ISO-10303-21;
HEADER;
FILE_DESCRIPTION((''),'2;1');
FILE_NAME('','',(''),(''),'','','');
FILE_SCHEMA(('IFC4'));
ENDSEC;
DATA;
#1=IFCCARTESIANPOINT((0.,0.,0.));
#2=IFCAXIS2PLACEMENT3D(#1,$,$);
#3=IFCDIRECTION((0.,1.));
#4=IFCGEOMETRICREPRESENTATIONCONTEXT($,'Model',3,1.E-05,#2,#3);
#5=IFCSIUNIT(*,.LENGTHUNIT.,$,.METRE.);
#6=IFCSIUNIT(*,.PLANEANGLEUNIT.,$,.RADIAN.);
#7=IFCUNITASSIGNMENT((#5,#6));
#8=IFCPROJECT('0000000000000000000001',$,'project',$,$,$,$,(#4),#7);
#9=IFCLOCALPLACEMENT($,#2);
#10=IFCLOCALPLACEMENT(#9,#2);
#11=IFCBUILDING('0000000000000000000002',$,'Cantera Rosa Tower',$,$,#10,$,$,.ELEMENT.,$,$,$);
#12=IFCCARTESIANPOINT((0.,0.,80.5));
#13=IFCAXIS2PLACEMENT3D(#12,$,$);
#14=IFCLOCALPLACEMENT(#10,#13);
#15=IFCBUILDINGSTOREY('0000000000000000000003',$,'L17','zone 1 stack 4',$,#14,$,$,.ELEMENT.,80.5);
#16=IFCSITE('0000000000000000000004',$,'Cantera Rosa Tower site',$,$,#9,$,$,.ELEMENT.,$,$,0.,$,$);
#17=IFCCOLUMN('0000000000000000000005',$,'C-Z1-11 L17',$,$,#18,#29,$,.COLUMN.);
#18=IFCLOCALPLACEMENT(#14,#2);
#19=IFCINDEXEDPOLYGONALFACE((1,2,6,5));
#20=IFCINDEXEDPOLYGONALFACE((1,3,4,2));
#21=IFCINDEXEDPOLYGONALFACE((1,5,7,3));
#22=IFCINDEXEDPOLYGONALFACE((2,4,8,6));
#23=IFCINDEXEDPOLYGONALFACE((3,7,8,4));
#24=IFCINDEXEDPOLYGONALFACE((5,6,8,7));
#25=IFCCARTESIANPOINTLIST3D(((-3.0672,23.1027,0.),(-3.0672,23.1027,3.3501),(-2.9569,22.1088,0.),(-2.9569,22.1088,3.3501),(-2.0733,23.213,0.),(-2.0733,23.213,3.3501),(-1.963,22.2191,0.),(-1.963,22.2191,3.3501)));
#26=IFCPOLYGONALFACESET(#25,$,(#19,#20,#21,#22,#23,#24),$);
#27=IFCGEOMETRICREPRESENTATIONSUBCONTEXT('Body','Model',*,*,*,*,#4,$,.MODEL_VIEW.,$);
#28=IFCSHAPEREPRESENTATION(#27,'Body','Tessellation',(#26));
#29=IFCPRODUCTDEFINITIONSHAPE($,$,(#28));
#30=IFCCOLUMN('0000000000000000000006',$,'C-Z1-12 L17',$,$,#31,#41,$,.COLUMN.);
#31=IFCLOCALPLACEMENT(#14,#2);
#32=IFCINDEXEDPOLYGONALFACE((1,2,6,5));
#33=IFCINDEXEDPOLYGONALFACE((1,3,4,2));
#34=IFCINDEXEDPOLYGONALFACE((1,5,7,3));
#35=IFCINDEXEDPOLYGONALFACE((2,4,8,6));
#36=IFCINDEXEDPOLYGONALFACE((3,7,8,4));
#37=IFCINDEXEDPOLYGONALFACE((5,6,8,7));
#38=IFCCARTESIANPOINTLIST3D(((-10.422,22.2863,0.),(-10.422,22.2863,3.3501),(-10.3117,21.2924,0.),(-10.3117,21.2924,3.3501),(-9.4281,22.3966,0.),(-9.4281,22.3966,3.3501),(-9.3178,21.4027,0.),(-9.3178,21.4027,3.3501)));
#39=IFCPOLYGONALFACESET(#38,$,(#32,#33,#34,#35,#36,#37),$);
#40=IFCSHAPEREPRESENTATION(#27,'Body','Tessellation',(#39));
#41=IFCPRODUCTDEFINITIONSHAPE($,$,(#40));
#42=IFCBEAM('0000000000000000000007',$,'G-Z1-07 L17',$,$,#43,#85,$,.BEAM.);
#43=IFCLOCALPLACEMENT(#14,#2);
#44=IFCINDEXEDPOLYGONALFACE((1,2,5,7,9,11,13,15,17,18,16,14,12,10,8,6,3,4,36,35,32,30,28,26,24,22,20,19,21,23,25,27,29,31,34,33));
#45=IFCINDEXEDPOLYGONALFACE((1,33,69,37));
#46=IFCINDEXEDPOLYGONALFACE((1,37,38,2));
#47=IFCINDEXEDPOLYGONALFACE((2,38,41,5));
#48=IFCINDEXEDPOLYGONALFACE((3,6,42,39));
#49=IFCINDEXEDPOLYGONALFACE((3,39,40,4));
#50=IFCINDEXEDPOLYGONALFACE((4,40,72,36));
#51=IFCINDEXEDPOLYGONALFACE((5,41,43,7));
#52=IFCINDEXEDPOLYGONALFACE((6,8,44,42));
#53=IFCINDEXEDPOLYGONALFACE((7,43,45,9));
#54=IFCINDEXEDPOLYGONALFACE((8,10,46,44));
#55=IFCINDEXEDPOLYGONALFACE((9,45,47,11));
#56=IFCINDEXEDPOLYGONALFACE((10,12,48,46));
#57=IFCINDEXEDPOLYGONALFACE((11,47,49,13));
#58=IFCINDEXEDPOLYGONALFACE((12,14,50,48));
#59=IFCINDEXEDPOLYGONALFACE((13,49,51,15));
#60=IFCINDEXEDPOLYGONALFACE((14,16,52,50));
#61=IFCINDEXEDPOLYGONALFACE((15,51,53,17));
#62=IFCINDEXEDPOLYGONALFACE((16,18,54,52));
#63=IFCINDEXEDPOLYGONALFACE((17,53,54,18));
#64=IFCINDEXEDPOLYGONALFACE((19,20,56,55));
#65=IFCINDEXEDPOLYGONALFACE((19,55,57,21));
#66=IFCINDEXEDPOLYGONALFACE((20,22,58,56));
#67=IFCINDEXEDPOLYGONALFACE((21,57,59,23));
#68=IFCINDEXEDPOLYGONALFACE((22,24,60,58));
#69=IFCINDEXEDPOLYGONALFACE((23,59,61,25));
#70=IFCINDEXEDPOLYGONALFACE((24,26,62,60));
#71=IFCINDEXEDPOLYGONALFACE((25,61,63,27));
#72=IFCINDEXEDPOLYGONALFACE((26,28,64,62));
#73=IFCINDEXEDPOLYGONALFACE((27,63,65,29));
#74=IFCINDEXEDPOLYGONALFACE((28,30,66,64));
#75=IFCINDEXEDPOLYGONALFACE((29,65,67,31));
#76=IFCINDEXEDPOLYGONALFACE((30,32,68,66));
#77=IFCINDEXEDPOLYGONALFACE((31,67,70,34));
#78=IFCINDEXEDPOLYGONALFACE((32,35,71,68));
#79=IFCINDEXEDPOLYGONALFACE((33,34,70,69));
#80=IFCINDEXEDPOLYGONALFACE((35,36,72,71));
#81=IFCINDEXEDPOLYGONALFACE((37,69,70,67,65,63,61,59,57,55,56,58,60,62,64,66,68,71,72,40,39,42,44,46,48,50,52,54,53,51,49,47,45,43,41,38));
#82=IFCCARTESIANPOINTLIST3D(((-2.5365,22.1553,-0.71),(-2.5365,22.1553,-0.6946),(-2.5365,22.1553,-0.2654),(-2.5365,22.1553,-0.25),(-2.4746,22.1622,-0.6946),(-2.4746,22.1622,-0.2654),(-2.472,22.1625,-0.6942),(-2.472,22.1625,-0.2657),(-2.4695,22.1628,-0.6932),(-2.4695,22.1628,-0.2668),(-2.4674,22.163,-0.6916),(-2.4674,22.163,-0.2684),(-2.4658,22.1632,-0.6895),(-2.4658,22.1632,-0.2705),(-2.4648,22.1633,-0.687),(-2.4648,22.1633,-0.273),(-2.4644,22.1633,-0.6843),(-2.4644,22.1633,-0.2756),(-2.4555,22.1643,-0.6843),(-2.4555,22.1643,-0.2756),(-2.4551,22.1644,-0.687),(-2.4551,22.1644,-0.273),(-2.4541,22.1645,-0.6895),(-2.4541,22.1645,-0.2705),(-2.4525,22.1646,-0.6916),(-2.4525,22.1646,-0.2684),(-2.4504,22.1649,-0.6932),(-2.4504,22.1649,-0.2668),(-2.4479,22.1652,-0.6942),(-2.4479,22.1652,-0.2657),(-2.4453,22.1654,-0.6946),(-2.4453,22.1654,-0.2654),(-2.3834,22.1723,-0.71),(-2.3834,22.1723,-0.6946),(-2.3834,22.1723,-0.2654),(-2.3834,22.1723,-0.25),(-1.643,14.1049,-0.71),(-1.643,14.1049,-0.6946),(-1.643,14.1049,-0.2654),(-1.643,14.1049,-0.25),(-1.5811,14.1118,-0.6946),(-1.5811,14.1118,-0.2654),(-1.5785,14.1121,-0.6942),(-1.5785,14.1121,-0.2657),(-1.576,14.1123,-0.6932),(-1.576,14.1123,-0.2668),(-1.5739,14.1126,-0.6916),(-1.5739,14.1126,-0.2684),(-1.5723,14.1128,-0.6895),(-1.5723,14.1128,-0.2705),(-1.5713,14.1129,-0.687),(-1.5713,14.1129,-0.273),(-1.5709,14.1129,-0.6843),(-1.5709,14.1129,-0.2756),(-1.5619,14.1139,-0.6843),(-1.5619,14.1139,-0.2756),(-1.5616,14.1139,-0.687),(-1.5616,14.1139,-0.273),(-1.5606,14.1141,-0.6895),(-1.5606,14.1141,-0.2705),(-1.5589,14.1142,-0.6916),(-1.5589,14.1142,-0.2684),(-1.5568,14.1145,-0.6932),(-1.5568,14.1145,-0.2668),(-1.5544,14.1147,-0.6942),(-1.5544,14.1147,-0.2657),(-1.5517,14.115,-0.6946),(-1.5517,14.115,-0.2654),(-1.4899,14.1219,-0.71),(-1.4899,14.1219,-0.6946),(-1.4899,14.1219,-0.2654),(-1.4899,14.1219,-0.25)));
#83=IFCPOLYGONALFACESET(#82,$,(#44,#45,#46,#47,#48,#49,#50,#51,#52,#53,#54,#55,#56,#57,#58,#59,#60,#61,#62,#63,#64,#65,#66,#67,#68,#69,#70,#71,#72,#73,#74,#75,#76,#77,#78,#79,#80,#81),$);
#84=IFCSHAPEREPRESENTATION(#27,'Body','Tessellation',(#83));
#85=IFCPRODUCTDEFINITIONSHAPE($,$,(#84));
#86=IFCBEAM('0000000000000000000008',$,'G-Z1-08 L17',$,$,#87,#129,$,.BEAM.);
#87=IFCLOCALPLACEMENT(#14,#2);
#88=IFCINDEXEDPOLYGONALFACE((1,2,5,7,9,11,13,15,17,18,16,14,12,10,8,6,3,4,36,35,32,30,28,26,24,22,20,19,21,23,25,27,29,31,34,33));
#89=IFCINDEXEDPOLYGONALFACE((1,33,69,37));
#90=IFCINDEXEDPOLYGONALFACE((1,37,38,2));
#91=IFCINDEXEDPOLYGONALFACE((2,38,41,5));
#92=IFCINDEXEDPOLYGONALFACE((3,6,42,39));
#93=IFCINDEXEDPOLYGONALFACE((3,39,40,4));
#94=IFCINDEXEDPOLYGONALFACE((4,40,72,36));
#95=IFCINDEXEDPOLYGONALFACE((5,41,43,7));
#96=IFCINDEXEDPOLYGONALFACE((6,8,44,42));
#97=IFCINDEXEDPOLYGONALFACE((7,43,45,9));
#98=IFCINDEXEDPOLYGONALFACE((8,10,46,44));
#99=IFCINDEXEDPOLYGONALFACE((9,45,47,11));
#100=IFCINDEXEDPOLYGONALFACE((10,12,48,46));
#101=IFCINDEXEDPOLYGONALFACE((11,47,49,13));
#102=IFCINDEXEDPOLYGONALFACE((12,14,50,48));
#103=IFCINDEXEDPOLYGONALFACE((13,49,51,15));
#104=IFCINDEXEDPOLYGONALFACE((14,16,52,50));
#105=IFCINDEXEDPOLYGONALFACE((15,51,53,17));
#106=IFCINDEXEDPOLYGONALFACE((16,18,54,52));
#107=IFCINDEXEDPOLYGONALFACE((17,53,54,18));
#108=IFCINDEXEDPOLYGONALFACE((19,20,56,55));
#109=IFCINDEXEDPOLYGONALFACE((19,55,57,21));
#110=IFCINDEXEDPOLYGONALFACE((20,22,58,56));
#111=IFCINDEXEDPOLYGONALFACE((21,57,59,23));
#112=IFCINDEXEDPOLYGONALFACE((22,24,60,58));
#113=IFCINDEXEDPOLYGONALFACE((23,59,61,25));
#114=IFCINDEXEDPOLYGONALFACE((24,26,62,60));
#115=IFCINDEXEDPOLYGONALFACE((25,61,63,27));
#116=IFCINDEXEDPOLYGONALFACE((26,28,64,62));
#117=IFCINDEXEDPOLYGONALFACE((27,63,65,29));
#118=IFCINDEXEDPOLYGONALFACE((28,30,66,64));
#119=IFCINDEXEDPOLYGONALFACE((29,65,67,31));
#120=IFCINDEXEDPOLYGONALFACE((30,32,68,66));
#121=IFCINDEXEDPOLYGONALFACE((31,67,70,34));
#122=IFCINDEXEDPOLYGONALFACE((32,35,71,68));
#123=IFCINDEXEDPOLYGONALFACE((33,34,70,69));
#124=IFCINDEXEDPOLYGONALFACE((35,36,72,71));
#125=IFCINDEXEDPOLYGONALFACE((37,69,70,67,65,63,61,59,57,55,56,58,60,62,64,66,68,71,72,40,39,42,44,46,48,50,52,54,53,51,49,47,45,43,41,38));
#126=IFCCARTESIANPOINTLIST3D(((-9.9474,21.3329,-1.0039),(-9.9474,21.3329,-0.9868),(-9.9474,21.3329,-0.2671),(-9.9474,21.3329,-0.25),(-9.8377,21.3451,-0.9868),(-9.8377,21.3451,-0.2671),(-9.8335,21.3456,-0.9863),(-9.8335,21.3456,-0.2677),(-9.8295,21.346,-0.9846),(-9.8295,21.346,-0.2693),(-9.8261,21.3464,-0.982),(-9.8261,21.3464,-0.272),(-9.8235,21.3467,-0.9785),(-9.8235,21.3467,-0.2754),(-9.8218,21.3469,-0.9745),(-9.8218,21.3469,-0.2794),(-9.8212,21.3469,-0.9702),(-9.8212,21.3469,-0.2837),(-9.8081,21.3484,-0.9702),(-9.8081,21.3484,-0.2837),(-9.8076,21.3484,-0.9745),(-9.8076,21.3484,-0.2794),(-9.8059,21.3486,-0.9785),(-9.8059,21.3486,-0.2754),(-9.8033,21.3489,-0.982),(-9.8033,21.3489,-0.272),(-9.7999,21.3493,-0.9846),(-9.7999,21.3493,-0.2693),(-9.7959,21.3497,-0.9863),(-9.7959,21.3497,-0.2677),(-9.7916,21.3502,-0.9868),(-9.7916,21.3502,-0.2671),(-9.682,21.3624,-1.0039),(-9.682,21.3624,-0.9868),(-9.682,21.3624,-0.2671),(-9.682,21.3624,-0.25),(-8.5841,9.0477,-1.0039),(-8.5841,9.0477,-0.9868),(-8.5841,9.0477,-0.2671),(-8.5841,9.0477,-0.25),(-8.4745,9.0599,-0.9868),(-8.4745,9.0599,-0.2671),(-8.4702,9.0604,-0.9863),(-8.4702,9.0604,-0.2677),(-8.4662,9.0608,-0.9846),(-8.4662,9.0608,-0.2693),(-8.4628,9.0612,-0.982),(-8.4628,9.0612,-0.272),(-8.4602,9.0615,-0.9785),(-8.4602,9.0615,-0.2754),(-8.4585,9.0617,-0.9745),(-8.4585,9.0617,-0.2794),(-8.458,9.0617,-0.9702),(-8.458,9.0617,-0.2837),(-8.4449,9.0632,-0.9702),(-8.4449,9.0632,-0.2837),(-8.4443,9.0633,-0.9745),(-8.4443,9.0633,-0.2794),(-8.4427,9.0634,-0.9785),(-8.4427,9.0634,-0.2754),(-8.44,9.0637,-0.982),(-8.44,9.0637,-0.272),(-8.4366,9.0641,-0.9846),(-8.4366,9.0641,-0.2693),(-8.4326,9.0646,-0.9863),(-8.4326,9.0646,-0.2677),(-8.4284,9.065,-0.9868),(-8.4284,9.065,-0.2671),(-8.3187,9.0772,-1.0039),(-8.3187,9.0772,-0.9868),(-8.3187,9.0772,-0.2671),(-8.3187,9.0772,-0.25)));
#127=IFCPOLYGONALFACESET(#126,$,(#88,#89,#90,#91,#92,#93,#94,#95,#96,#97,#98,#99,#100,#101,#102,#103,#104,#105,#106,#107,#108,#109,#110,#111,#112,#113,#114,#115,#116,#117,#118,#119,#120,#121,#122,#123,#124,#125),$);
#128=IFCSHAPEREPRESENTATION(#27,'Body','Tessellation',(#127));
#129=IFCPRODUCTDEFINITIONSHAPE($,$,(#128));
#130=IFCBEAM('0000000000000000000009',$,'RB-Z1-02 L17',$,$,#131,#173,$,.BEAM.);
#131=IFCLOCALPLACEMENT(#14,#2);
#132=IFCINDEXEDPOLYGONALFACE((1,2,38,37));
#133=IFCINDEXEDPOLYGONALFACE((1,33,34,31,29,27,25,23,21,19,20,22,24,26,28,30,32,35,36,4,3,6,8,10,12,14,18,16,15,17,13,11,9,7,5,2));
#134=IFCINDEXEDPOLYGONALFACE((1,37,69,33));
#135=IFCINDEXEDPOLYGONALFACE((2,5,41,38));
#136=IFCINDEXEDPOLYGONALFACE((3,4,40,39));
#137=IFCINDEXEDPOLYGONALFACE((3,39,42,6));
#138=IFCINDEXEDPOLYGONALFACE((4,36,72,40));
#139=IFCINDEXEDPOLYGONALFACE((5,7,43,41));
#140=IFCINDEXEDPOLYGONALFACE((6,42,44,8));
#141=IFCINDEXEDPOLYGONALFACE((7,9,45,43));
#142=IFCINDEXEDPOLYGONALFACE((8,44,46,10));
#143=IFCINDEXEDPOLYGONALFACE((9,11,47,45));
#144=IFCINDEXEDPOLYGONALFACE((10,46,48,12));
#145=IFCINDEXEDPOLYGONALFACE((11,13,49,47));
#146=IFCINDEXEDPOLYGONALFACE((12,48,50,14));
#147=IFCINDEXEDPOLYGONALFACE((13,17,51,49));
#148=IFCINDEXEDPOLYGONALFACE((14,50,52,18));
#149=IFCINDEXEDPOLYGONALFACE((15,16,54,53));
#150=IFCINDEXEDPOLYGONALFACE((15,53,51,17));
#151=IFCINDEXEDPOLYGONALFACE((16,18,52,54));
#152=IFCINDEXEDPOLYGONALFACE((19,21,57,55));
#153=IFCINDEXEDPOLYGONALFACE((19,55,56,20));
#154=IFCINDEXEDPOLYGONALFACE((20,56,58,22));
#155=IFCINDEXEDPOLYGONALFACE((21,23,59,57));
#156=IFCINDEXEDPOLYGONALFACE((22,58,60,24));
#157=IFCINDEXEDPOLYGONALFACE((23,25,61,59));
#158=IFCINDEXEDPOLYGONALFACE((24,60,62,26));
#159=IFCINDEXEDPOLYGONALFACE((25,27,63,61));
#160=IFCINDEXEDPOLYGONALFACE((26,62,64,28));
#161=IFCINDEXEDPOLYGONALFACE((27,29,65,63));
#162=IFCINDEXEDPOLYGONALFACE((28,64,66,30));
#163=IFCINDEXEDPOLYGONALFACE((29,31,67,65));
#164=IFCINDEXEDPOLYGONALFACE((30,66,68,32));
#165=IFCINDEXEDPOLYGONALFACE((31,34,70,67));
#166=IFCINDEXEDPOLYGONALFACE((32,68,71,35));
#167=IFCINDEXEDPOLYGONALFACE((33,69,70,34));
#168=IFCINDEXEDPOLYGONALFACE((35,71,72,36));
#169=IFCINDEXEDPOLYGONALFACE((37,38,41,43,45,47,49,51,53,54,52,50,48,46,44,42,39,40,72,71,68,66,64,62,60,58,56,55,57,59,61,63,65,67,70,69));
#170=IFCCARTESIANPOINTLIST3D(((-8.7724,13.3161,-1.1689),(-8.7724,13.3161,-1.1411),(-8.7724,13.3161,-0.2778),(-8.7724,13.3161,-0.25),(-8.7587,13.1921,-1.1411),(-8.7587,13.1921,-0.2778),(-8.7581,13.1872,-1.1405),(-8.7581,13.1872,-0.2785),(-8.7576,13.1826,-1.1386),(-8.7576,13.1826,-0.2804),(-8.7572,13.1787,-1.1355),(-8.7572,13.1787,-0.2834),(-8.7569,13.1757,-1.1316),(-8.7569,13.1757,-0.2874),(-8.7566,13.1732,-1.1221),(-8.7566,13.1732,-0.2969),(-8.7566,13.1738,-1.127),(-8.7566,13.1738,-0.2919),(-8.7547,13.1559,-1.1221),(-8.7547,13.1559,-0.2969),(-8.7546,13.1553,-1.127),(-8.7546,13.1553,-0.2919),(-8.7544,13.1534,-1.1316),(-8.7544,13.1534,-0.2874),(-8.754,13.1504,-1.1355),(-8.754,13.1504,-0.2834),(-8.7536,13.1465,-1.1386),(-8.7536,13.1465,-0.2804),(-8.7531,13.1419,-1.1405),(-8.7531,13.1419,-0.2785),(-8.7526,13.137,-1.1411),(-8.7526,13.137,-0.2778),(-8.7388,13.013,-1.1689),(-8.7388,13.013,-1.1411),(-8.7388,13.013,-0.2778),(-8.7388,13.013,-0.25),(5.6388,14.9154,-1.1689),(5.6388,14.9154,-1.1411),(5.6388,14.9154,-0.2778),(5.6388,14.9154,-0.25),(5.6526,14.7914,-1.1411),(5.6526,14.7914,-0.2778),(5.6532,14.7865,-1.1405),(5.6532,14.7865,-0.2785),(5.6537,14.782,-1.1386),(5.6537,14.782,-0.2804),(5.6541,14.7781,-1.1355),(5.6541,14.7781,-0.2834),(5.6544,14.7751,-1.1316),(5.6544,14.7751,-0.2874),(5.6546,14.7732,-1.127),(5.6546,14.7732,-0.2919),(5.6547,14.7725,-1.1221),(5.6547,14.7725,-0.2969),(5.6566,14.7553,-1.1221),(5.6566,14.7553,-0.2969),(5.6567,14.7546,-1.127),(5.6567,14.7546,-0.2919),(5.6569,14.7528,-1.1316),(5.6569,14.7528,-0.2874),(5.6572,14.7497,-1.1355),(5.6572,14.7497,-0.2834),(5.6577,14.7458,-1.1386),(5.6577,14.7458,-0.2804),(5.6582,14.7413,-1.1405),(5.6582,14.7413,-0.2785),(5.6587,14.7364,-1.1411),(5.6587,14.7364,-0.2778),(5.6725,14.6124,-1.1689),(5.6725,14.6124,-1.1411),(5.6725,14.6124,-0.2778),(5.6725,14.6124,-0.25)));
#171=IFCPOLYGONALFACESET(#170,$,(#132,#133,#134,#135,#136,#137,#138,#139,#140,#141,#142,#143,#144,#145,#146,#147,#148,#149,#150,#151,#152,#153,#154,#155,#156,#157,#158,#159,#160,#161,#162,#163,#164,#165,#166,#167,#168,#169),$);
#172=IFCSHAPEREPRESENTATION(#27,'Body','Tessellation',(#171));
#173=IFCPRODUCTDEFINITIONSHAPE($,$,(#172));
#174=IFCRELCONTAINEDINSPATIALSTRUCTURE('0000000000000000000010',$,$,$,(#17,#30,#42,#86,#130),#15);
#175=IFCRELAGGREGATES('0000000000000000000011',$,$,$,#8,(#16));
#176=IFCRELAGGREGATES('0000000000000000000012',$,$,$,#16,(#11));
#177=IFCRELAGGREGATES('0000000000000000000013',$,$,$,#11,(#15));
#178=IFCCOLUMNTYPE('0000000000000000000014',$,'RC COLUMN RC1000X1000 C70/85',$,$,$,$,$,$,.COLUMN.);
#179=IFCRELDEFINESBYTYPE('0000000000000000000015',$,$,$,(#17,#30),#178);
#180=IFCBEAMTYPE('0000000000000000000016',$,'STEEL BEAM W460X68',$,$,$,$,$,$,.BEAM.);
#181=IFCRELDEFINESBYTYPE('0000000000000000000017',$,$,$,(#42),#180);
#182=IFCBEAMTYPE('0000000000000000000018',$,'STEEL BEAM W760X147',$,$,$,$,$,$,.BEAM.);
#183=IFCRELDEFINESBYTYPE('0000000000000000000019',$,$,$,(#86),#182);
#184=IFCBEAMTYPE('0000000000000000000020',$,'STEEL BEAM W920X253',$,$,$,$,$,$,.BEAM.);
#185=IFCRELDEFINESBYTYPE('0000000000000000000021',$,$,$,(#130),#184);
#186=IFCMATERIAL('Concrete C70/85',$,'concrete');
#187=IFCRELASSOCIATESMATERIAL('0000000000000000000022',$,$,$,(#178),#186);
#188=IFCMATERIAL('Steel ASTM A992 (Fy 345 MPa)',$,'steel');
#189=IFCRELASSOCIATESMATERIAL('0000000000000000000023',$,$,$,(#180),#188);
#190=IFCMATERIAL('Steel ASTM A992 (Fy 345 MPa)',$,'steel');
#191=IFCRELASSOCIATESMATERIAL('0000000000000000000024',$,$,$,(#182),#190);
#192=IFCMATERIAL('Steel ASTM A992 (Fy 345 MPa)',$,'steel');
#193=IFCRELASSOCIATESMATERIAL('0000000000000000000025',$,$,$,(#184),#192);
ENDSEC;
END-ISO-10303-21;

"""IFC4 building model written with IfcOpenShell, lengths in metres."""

from ifc_helpers import new_model, si_unit, direction, frame, origin, origin_2d, place, context, subcontext, project, spatial, rectangle, i_section, extrude, material, material_profile, profile_set, type_object, element, save


model = new_model("IFC4")

# Units and contexts
model_context = context("Model", 3, precision=1e-05, world=origin(), true_north=direction((0.0, 1.0)))
body_context = subcontext(model_context, "Body", "Model", "MODEL_VIEW")
ifc_project = project(units=[si_unit("LENGTHUNIT", "METRE"), si_unit("PLANEANGLEUNIT", "RADIAN")], contexts=[model_context])

# Site, building, storey
site_placement = place(None, origin())
site = spatial("IfcSite", under=ifc_project, at=site_placement, Name="Cantera Rosa Tower site", CompositionType="ELEMENT", RefElevation=0.0)
building_placement = place(site_placement, origin())
building = spatial("IfcBuilding", under=site, at=building_placement, Name="Cantera Rosa Tower", CompositionType="ELEMENT")
storey_placement = place(building_placement, frame((0.0, 0.0, 80.5)))
storey = spatial("IfcBuildingStorey", under=building, at=storey_placement, Name="L17", Description="zone 1 stack 4", CompositionType="ELEMENT", Elevation=80.5)

# Columns
ifc_material_1 = material(Name="Concrete C70/85", Category="concrete")
ifc_material_profile_1 = material_profile(ifc_material_1, rectangle(XDim=1.0, YDim=1.0, at=origin_2d()), Name="RC COLUMN RC1000X1000 C70/85")
ifc_profile_set_1 = profile_set([ifc_material_profile_1], Name="Concrete C70/85")
column_type = type_object("IfcColumnType", Name="RC COLUMN RC1000X1000 C70/85", PredefinedType="COLUMN", material=ifc_profile_set_1)
for number, where, z_axis, x_axis, name in (
    (1, (-2.5151, 22.6609, 0.0), (0.0, 0.0, 1.0), (0.993897, 0.110313, 0.0), "C-Z1-11 L17"),
    (2, (-9.8699, 21.8445, 0.0), (0.0, 0.0, 1.0), (0.993897, 0.110313, 0.0), "C-Z1-12 L17"),
):
    element("IfcColumn", number, at=place(storey_placement, frame(where, z_axis=z_axis, x_axis=x_axis)), inside=storey, type_object=column_type, Name=name, PredefinedType="COLUMN", context=body_context, shape_type="SweptSolid", body=[
        extrude(rectangle(XDim=1.0, YDim=1.0, at=origin_2d()), origin(), (0.0, 0.0, 1.0), 3.3501),
    ])

# Beams
ifc_material_2 = material(Name="Steel ASTM A992 (Fy 345 MPa)", Category="steel")
ifc_material_profile_2 = material_profile(ifc_material_2, i_section(OverallWidth=0.1541, OverallDepth=0.46, WebThickness=0.009, FlangeThickness=0.0154, FilletRadius=0.0103, at=origin_2d()), Name="W460X68")
ifc_profile_set_2 = profile_set([ifc_material_profile_2], Name="Steel ASTM A992 (Fy 345 MPa)")
beam_type_1 = type_object("IfcBeamType", Name="STEEL BEAM W460X68", PredefinedType="BEAM", material=ifc_profile_set_2)
beam_1_placement = place(storey_placement, frame((-2.46, 22.1638, -0.48), z_axis=(0.110316, -0.993897, 0.0), x_axis=(0.993897, 0.110316, 0.0)))
element("IfcBeam", 3, at=beam_1_placement, inside=storey, type_object=beam_type_1, Name="G-Z1-07 L17", PredefinedType="BEAM", context=body_context, shape_type="SweptSolid", body=[
    extrude(i_section(OverallWidth=0.1541, OverallDepth=0.46, WebThickness=0.009, FlangeThickness=0.0154, FilletRadius=0.0103, at=origin_2d()), origin(), (0.0, 0.0, 1.0), 8.0999),
])
ifc_material_3 = material(Name="Steel ASTM A992 (Fy 345 MPa)", Category="steel")
ifc_material_profile_3 = material_profile(ifc_material_3, i_section(OverallWidth=0.2671, OverallDepth=0.7539, WebThickness=0.0132, FlangeThickness=0.0171, FilletRadius=0.0166, at=origin_2d()), Name="W760X147")
ifc_profile_set_3 = profile_set([ifc_material_profile_3], Name="Steel ASTM A992 (Fy 345 MPa)")
beam_type_2 = type_object("IfcBeamType", Name="STEEL BEAM W760X147", PredefinedType="BEAM", material=ifc_profile_set_3)
beam_2_placement = place(storey_placement, frame((-9.8147, 21.3477, -0.627), z_axis=(0.110293, -0.993899, 0.0), x_axis=(0.993899, 0.110293, 0.0)))
element("IfcBeam", 4, at=beam_2_placement, inside=storey, type_object=beam_type_2, Name="G-Z1-08 L17", PredefinedType="BEAM", context=body_context, shape_type="SweptSolid", body=[
    extrude(i_section(OverallWidth=0.2671, OverallDepth=0.7539, WebThickness=0.0132, FlangeThickness=0.0171, FilletRadius=0.0166, at=origin_2d()), origin(), (0.0, 0.0, 1.0), 12.3606),
])
ifc_material_4 = material(Name="Steel ASTM A992 (Fy 345 MPa)", Category="steel")
ifc_material_profile_4 = material_profile(ifc_material_4, i_section(OverallWidth=0.3049, OverallDepth=0.9189, WebThickness=0.0173, FlangeThickness=0.0278, FilletRadius=0.019, at=origin_2d()), Name="W920X253")
ifc_profile_set_4 = profile_set([ifc_material_profile_4], Name="Steel ASTM A992 (Fy 345 MPa)")
beam_type_3 = type_object("IfcBeamType", Name="STEEL BEAM W920X253", PredefinedType="BEAM", material=ifc_profile_set_4)
beam_3_placement = place(storey_placement, frame((-8.7556, 13.1646, -0.7095), z_axis=(0.993898, 0.110302, 0.0), x_axis=(-0.110302, 0.993898, 0.0)))
element("IfcBeam", 5, at=beam_3_placement, inside=storey, type_object=beam_type_3, Name="RB-Z1-02 L17", PredefinedType="BEAM", context=body_context, shape_type="SweptSolid", body=[
    extrude(i_section(OverallWidth=0.3049, OverallDepth=0.9189, WebThickness=0.0173, FlangeThickness=0.0278, FilletRadius=0.019, at=origin_2d()), origin(), (0.0, 0.0, 1.0), 14.4998),
])

save(model, "model.ifc")
